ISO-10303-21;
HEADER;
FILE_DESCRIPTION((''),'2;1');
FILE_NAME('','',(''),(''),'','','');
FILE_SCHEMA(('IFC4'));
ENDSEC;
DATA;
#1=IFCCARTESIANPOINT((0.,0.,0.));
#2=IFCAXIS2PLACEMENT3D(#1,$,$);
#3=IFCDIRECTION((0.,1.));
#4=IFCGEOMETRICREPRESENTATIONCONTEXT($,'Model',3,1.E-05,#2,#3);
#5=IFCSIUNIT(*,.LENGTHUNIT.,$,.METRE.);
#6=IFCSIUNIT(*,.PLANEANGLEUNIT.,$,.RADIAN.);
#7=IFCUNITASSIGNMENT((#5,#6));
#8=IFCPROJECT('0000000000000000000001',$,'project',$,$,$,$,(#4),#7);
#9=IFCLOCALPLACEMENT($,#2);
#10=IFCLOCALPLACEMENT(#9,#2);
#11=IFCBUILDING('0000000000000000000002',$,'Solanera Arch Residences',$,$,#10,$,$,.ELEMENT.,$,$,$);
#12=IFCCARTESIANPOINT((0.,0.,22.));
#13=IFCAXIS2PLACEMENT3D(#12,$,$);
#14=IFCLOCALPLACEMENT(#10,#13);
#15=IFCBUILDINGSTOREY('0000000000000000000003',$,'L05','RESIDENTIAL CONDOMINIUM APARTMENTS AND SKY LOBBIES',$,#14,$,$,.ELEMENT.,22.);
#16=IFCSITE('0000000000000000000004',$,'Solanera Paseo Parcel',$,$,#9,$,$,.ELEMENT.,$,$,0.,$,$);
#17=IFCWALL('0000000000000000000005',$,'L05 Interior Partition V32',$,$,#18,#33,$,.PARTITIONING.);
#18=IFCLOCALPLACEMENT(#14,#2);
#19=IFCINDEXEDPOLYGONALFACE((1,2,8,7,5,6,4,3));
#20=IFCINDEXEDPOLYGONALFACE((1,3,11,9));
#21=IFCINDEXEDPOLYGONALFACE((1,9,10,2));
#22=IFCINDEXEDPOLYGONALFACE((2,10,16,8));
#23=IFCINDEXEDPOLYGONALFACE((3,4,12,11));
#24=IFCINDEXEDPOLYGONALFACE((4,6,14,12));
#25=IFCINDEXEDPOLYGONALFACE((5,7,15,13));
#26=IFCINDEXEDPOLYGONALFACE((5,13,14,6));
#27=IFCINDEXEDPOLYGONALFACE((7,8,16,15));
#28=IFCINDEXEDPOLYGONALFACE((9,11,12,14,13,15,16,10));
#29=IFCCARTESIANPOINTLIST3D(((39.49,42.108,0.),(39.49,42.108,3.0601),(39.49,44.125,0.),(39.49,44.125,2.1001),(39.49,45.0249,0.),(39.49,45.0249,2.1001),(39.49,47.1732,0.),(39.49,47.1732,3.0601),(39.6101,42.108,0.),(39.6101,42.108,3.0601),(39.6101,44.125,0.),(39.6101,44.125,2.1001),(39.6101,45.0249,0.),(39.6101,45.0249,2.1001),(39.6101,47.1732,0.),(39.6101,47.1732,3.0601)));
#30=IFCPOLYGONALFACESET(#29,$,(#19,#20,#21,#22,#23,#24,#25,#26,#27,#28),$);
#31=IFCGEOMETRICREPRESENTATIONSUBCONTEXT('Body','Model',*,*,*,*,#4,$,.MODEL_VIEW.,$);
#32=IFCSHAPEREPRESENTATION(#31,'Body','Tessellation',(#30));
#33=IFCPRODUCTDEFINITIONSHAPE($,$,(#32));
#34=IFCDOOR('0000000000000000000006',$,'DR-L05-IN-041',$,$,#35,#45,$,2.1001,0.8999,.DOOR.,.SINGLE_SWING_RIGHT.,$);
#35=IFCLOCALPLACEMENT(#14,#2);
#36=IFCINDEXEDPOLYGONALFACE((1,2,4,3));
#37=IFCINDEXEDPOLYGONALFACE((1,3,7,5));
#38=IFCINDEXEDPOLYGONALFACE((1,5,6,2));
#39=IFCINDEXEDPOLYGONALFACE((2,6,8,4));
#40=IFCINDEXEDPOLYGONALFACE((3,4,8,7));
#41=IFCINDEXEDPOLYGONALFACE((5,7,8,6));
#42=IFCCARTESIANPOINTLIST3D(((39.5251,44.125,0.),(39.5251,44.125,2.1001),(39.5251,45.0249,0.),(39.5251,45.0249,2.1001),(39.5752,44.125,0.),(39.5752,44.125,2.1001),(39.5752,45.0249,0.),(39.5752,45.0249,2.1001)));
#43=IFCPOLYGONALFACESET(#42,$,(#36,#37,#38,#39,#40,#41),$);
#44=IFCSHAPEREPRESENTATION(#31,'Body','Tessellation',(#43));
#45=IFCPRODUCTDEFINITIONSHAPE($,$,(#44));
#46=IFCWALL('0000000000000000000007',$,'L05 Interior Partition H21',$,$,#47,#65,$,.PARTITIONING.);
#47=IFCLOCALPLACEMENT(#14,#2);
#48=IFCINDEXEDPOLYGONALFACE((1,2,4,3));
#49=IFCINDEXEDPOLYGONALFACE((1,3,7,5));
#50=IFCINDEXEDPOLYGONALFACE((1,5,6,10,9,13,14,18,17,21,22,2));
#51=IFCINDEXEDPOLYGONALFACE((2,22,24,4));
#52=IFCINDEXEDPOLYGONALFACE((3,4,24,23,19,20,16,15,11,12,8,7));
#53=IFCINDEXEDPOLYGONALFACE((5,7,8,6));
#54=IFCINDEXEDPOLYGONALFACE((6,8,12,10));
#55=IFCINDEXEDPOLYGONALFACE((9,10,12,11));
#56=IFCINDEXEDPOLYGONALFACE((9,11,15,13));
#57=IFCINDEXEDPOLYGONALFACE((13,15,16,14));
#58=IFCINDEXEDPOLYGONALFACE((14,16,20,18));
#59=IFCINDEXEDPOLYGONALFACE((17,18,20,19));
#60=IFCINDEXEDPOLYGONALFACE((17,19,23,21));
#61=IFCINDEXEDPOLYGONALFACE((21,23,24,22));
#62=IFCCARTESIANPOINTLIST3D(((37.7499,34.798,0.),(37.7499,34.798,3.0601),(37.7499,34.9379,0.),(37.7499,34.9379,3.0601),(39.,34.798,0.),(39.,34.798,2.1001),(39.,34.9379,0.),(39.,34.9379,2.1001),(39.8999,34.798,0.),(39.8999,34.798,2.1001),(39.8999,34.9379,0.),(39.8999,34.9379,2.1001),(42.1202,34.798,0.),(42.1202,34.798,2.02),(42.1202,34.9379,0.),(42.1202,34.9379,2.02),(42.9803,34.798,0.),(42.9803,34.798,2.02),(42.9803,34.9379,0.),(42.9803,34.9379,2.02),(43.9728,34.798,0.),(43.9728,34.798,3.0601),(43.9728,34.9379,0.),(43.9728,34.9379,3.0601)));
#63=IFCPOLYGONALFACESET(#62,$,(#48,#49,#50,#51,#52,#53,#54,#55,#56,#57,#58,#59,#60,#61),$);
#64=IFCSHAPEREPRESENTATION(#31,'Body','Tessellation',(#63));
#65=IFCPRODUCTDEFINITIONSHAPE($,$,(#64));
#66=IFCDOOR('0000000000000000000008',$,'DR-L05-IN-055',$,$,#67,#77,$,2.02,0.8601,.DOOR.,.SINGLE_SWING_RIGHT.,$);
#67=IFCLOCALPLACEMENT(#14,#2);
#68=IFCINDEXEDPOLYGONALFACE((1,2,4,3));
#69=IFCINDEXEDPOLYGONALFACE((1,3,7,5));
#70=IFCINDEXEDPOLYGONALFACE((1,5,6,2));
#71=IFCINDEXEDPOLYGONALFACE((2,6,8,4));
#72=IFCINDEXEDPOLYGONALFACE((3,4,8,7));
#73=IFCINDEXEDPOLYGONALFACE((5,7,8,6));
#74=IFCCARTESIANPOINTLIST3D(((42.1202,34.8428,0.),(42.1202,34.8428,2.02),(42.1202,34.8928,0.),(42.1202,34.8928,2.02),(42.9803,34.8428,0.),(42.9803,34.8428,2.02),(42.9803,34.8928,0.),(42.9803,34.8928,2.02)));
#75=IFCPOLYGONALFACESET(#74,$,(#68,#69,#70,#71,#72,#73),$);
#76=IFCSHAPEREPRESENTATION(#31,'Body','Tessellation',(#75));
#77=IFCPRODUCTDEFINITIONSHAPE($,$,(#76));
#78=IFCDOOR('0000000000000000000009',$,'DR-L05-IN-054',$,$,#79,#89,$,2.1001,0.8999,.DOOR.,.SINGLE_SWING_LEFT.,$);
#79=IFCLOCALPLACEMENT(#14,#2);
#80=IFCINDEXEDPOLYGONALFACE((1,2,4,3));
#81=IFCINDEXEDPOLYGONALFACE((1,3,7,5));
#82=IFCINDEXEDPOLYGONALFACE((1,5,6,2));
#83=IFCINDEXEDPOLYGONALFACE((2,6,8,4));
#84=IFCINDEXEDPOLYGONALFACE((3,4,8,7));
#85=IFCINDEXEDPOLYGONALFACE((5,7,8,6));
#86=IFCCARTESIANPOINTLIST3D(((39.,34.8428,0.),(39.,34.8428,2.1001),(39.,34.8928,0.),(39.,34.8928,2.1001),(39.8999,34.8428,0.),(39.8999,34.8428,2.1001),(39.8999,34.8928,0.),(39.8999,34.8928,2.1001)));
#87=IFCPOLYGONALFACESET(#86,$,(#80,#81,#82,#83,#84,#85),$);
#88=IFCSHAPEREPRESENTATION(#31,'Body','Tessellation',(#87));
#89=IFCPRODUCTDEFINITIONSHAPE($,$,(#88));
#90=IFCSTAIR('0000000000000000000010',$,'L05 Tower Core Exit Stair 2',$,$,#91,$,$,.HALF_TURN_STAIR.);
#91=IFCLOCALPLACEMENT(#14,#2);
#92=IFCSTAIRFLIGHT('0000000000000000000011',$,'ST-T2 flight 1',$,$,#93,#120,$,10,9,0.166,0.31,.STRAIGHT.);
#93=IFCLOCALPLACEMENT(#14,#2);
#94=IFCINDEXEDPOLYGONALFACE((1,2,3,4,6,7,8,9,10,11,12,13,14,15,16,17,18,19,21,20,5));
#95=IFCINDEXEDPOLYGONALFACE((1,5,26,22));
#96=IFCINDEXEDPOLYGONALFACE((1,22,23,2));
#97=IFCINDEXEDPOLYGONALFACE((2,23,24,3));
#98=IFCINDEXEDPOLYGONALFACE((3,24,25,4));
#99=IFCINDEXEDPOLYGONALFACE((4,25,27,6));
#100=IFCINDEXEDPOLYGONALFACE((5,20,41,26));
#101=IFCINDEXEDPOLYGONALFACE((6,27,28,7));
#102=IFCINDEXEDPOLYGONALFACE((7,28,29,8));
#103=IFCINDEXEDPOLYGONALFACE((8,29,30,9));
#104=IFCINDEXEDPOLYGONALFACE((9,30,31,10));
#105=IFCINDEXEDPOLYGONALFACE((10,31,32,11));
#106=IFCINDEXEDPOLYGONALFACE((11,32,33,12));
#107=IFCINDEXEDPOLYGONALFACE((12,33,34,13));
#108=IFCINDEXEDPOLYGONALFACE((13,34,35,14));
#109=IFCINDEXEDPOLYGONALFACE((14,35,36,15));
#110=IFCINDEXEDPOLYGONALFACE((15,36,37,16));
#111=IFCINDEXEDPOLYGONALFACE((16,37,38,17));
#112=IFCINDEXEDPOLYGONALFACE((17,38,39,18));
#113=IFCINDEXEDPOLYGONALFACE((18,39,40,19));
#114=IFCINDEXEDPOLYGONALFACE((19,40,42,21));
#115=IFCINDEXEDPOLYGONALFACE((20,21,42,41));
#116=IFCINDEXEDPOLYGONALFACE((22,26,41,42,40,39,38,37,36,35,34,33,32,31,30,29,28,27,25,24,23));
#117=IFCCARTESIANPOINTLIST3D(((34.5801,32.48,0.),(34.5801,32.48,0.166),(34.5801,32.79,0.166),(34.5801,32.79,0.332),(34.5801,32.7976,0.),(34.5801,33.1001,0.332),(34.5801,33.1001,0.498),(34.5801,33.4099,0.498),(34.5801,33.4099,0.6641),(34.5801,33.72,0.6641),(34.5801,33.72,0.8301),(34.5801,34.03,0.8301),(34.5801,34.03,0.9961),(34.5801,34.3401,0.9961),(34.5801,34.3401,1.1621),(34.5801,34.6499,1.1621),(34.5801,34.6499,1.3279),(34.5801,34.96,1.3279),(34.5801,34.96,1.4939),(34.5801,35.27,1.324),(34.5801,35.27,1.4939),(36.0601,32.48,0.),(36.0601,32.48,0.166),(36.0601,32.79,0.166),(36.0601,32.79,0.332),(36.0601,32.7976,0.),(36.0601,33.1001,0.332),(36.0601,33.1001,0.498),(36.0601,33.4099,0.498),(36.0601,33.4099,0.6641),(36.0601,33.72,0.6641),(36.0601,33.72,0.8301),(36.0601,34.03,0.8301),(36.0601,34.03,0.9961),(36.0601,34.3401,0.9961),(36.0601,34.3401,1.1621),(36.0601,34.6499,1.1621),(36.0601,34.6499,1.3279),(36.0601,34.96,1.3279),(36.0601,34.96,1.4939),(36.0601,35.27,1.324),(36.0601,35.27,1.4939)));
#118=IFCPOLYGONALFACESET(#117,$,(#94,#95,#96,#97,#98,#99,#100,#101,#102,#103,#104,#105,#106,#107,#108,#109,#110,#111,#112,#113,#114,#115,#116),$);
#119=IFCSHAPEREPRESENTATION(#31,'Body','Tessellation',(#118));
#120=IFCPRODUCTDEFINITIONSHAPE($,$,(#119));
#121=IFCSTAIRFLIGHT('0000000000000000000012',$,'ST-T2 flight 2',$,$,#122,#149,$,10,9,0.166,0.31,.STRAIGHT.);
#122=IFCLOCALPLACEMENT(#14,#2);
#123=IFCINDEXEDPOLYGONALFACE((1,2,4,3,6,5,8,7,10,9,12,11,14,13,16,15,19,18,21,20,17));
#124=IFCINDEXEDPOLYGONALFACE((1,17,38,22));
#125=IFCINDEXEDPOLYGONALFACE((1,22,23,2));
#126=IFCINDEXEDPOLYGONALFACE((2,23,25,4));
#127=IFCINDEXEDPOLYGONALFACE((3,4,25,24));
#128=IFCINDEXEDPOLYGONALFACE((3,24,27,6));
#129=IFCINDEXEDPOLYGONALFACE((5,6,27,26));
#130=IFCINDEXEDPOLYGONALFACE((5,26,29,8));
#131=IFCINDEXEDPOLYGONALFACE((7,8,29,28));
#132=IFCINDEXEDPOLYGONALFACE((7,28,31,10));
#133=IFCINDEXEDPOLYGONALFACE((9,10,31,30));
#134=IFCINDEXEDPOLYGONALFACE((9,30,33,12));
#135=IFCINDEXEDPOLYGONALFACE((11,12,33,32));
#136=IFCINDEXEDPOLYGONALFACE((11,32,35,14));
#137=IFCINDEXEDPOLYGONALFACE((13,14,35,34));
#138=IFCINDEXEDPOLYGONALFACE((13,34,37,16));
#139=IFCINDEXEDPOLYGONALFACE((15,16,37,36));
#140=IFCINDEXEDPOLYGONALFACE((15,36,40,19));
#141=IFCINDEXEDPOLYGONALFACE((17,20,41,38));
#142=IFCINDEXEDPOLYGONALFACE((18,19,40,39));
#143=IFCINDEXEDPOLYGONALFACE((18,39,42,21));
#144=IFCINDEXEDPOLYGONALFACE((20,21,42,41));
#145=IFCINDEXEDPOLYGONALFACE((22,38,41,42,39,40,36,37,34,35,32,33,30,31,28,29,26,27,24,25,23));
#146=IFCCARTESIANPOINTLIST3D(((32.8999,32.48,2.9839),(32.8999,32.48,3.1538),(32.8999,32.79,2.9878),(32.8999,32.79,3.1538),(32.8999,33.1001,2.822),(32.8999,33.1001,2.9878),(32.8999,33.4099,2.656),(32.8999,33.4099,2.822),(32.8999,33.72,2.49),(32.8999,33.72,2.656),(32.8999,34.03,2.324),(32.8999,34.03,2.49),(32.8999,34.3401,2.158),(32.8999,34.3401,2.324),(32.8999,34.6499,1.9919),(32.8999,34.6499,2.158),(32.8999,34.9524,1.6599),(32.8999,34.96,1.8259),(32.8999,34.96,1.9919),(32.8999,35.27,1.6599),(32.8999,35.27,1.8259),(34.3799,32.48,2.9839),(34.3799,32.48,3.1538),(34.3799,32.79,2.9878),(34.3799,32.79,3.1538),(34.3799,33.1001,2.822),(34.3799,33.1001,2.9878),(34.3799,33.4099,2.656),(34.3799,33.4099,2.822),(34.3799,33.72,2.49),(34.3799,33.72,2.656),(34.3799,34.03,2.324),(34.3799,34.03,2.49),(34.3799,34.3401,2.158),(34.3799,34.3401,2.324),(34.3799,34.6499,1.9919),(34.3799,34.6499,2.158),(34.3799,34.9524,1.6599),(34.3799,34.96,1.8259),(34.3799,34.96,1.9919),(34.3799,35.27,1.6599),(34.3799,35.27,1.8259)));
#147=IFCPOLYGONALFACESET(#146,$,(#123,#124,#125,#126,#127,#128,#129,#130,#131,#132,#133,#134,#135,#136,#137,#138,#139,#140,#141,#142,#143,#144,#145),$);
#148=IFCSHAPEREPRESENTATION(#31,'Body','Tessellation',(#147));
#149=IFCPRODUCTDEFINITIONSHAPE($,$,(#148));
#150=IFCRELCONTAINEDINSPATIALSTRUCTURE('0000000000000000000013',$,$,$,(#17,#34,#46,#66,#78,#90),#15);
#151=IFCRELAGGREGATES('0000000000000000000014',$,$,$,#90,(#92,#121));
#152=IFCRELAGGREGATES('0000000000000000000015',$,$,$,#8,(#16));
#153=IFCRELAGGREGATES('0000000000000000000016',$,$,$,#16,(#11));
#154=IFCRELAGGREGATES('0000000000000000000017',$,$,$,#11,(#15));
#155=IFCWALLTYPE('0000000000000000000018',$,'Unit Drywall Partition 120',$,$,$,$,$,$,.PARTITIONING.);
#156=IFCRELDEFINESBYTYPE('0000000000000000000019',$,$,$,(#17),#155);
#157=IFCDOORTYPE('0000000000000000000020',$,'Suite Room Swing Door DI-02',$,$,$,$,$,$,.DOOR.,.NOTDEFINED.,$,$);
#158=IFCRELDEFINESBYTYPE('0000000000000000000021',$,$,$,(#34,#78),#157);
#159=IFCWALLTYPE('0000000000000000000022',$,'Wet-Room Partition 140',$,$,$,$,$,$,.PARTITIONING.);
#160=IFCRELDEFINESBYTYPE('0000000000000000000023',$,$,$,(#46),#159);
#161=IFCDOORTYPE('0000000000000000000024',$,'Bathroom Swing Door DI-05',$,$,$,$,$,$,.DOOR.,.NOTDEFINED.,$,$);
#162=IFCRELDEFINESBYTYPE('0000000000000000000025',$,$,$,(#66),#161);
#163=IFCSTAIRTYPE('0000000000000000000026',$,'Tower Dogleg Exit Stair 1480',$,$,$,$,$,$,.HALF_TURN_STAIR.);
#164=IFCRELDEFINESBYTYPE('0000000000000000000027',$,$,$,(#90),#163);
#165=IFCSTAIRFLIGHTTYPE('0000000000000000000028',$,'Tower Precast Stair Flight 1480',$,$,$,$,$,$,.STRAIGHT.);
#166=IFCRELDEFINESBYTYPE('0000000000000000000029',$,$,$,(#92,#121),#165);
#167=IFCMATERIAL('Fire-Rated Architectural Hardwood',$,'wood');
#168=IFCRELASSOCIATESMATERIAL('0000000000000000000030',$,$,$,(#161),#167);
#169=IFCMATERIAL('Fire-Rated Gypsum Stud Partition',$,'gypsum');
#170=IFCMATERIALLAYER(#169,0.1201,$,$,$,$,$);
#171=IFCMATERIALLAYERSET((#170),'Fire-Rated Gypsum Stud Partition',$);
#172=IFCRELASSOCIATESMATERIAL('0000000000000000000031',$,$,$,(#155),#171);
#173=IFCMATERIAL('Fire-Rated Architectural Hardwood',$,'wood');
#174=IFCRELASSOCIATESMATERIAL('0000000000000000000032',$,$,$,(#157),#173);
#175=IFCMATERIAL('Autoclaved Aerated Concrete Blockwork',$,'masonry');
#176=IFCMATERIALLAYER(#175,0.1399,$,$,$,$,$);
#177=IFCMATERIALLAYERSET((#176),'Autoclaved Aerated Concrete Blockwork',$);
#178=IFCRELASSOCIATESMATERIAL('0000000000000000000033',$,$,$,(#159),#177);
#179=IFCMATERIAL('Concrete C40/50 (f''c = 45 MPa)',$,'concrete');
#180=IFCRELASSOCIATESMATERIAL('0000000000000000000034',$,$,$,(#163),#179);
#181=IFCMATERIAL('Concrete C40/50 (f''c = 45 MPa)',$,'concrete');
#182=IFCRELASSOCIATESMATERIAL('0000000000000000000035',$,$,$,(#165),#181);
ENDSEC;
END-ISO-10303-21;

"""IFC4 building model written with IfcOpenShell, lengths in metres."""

from ifc_helpers import new_model, si_unit, direction, frame, frame_2d, origin, place, context, subcontext, project, spatial, polyline, rectangle, outline, extrude, material, layer, layer_set, type_object, element, fill, aggregate, save


model = new_model("IFC4")

# Units and contexts
model_context = context("Model", 3, precision=1e-05, world=origin(), true_north=direction((0.0, 1.0)))
body_context = subcontext(model_context, "Body", "Model", "MODEL_VIEW")
ifc_project = project(units=[si_unit("LENGTHUNIT", "METRE"), si_unit("PLANEANGLEUNIT", "RADIAN")], contexts=[model_context])

# Site, building, storey
site_placement = place(None, origin())
site = spatial("IfcSite", under=ifc_project, at=site_placement, Name="Solanera Paseo Parcel", CompositionType="ELEMENT", RefElevation=0.0)
building_placement = place(site_placement, origin())
building = spatial("IfcBuilding", under=site, at=building_placement, Name="Solanera Arch Residences", CompositionType="ELEMENT")
storey_placement = place(building_placement, frame((0.0, 0.0, 22.0)))
storey = spatial("IfcBuildingStorey", under=building, at=storey_placement, Name="L05", Description="RESIDENTIAL CONDOMINIUM APARTMENTS AND SKY LOBBIES", CompositionType="ELEMENT", Elevation=22.0)

# Shared definitions
ifc_material_1 = material(Name="Fire-Rated Architectural Hardwood", Category="wood")
door_type_1 = type_object("IfcDoorType", Name="Bathroom Swing Door DI-05", OperationType="NOTDEFINED", PredefinedType="DOOR", material=ifc_material_1)

# Shared definitions
ifc_material_2 = material(Name="Fire-Rated Gypsum Stud Partition", Category="gypsum")
ifc_layer_1 = layer(ifc_material_2, 0.1201)
ifc_layer_set_1 = layer_set([ifc_layer_1], Name="Fire-Rated Gypsum Stud Partition")
wall_type_1 = type_object("IfcWallType", Name="Unit Drywall Partition 120", PredefinedType="PARTITIONING", material=ifc_layer_set_1)

# Wall, opening, door
wall_1_placement = place(storey_placement, frame((39.55, 42.1079, 0.0), z_axis=(0.0, 0.0, 1.0), x_axis=(0.0, 1.0, 0.0)))
wall_1 = element("IfcWall", 1, at=wall_1_placement, inside=storey, type_object=wall_type_1, Name="L05 Interior Partition V32", PredefinedType="PARTITIONING", context=body_context, shape_type="SweptSolid", body=[
    extrude(rectangle(XDim=5.0652, YDim=0.1201, at=frame_2d((2.5327, 0.0))), origin(), (0.0, 0.0, 1.0), 3.0601),
])
opening_1_placement = place(wall_1_placement, frame((2.0171, 0.0, 0.0)))
opening_1 = element("IfcOpeningElement", 2, at=opening_1_placement, cuts=wall_1, PredefinedType="OPENING", context=body_context, shape_type="SweptSolid", body=[
    extrude(rectangle(XDim=0.8999, YDim=2.1001, at=frame_2d((0.45, 1.05))), frame((0.0, 0.0701, 0.0), z_axis=(0.0, -1.0, 0.0), x_axis=(1.0, 0.0, 0.0)), (0.0, 0.0, 1.0), 0.1401),
])
ifc_material_3 = material(Name="Fire-Rated Architectural Hardwood", Category="wood")
door_type_2 = type_object("IfcDoorType", Name="Suite Room Swing Door DI-02", OperationType="NOTDEFINED", PredefinedType="DOOR", material=ifc_material_3)
door_1_placement = place(opening_1_placement, origin())
door_1 = element("IfcDoor", 3, at=door_1_placement, inside=storey, type_object=door_type_2, Name="DR-L05-IN-041", OperationType="SINGLE_SWING_RIGHT", OverallHeight=2.1001, OverallWidth=0.8999, PredefinedType="DOOR", context=body_context, shape_type="SweptSolid", body=[
    extrude(rectangle(XDim=0.8999, YDim=2.1001, at=frame_2d((0.45, 1.05))), frame((0.0, 0.0249, 0.0), z_axis=(0.0, -1.0, 0.0), x_axis=(1.0, 0.0, 0.0)), (0.0, 0.0, 1.0), 0.05),
])
fill(opening_1, door_1)

# Wall, openings, doors
ifc_material_4 = material(Name="Autoclaved Aerated Concrete Blockwork", Category="masonry")
ifc_layer_2 = layer(ifc_material_4, 0.1399)
ifc_layer_set_2 = layer_set([ifc_layer_2], Name="Autoclaved Aerated Concrete Blockwork")
wall_type_2 = type_object("IfcWallType", Name="Wet-Room Partition 140", PredefinedType="PARTITIONING", material=ifc_layer_set_2)
wall_2_placement = place(storey_placement, frame((37.75, 34.8679, 0.0), z_axis=(0.0, 0.0, 1.0), x_axis=(1.0, 0.0, 0.0)))
wall_2 = element("IfcWall", 4, at=wall_2_placement, inside=storey, type_object=wall_type_2, Name="L05 Interior Partition H21", PredefinedType="PARTITIONING", context=body_context, shape_type="SweptSolid", body=[
    extrude(rectangle(XDim=6.2229, YDim=0.1399, at=frame_2d((3.1113, 0.0))), origin(), (0.0, 0.0, 1.0), 3.0601),
])
opening_2_placement = place(wall_2_placement, frame((1.25, 0.0, 0.0)))
opening_2 = element("IfcOpeningElement", 5, at=opening_2_placement, cuts=wall_2, PredefinedType="OPENING", context=body_context, shape_type="SweptSolid", body=[
    extrude(rectangle(XDim=0.8999, YDim=2.1001, at=frame_2d((0.45, 1.05))), frame((0.0, 0.0798, 0.0), z_axis=(0.0, -1.0, 0.0), x_axis=(1.0, 0.0, 0.0)), (0.0, 0.0, 1.0), 0.1599),
])
opening_3_placement = place(wall_2_placement, frame((4.3701, 0.0, 0.0)))
opening_3 = element("IfcOpeningElement", 6, at=opening_3_placement, cuts=wall_2, PredefinedType="OPENING", context=body_context, shape_type="SweptSolid", body=[
    extrude(rectangle(XDim=0.8601, YDim=2.02, at=frame_2d((0.4302, 1.01))), frame((0.0, 0.0798, 0.0), z_axis=(0.0, -1.0, 0.0), x_axis=(1.0, 0.0, 0.0)), (0.0, 0.0, 1.0), 0.1599),
])
door_2_placement = place(opening_3_placement, origin())
door_2 = element("IfcDoor", 7, at=door_2_placement, inside=storey, type_object=door_type_1, Name="DR-L05-IN-055", OperationType="SINGLE_SWING_RIGHT", OverallHeight=2.02, OverallWidth=0.8601, PredefinedType="DOOR", context=body_context, shape_type="SweptSolid", body=[
    extrude(rectangle(XDim=0.8601, YDim=2.02, at=frame_2d((0.4302, 1.01))), frame((0.0, 0.0249, 0.0), z_axis=(0.0, -1.0, 0.0), x_axis=(1.0, 0.0, 0.0)), (0.0, 0.0, 1.0), 0.05),
])
fill(opening_3, door_2)
door_3_placement = place(opening_2_placement, origin())
door_3 = element("IfcDoor", 8, at=door_3_placement, inside=storey, type_object=door_type_2, Name="DR-L05-IN-054", OperationType="SINGLE_SWING_LEFT", OverallHeight=2.1001, OverallWidth=0.8999, PredefinedType="DOOR", context=body_context, shape_type="SweptSolid", body=[
    extrude(rectangle(XDim=0.8999, YDim=2.1001, at=frame_2d((0.45, 1.05))), frame((0.0, 0.0249, 0.0), z_axis=(0.0, -1.0, 0.0), x_axis=(1.0, 0.0, 0.0)), (0.0, 0.0, 1.0), 0.05),
])
fill(opening_2, door_3)

# Stair, stair flights
ifc_material_5 = material(Name="Concrete C40/50 (f'c = 45 MPa)", Category="concrete")
stair_type = type_object("IfcStairType", Name="Tower Dogleg Exit Stair 1480", PredefinedType="HALF_TURN_STAIR", material=ifc_material_5)
stair_placement = place(storey_placement, origin())
stair = element("IfcStair", 9, at=stair_placement, inside=storey, type_object=stair_type, Name="L05 Tower Core Exit Stair 2", PredefinedType="HALF_TURN_STAIR")
ifc_material_6 = material(Name="Concrete C40/50 (f'c = 45 MPa)", Category="concrete")
stair_flight_type = type_object("IfcStairFlightType", Name="Tower Precast Stair Flight 1480", PredefinedType="STRAIGHT", material=ifc_material_6)
stair_flight_1_placement = place(storey_placement, frame((35.3201, 32.48, 0.0), z_axis=(0.0, 0.0, 1.0), x_axis=(0.0, 1.0, 0.0)))
stair_flight_1 = element("IfcStairFlight", 10, at=stair_flight_1_placement, type_object=stair_flight_type, Name="ST-T2 flight 1", NumberOfRisers=10, NumberOfTreads=9, PredefinedType="STRAIGHT", RiserHeight=0.166, TreadLength=0.31, context=body_context, shape_type="SweptSolid", body=[
    extrude(outline(polyline([(0.0, 0.0), (0.0, 0.166), (0.3101, 0.166), (0.3101, 0.332), (0.6201, 0.332), (0.6201, 0.498), (0.9299, 0.498), (0.9299, 0.6641), (1.24, 0.6641), (1.24, 0.8301), (1.55, 0.8301), (1.55, 0.9961), (1.8601, 0.9961), (1.8601, 1.1621), (2.1699, 1.1621), (2.1699, 1.3279), (2.48, 1.3279), (2.48, 1.4939), (2.79, 1.4939), (2.79, 1.6599), (2.79, 1.324), (0.3176, 0.0), (0.0, 0.0)])), frame((0.0, 0.74, 0.0), z_axis=(0.0, -1.0, 0.0), x_axis=(1.0, 0.0, 0.0)), (0.0, 0.0, 1.0), 1.48),
])
stair_flight_2_placement = place(storey_placement, frame((33.6399, 35.27, 1.6599), z_axis=(0.0, 0.0, 1.0), x_axis=(0.0, -1.0, 0.0)))
stair_flight_2 = element("IfcStairFlight", 11, at=stair_flight_2_placement, type_object=stair_flight_type, Name="ST-T2 flight 2", NumberOfRisers=10, NumberOfTreads=9, PredefinedType="STRAIGHT", RiserHeight=0.166, TreadLength=0.31, context=body_context, shape_type="SweptSolid", body=[
    extrude(outline(polyline([(0.0, 0.0), (0.0, 0.166), (0.3101, 0.166), (0.3101, 0.332), (0.6201, 0.332), (0.6201, 0.498), (0.9299, 0.498), (0.9299, 0.6641), (1.24, 0.6641), (1.24, 0.8301), (1.55, 0.8301), (1.55, 0.9961), (1.8601, 0.9961), (1.8601, 1.1621), (2.1699, 1.1621), (2.1699, 1.3279), (2.48, 1.3279), (2.48, 1.4939), (2.79, 1.4939), (2.79, 1.6599), (2.79, 1.324), (0.3176, 0.0), (0.0, 0.0)])), frame((0.0, 0.74, 0.0), z_axis=(0.0, -1.0, 0.0), x_axis=(1.0, 0.0, 0.0)), (0.0, 0.0, 1.0), 1.48),
])
aggregate(stair, [stair_flight_1, stair_flight_2])

save(model, "model.ifc")
